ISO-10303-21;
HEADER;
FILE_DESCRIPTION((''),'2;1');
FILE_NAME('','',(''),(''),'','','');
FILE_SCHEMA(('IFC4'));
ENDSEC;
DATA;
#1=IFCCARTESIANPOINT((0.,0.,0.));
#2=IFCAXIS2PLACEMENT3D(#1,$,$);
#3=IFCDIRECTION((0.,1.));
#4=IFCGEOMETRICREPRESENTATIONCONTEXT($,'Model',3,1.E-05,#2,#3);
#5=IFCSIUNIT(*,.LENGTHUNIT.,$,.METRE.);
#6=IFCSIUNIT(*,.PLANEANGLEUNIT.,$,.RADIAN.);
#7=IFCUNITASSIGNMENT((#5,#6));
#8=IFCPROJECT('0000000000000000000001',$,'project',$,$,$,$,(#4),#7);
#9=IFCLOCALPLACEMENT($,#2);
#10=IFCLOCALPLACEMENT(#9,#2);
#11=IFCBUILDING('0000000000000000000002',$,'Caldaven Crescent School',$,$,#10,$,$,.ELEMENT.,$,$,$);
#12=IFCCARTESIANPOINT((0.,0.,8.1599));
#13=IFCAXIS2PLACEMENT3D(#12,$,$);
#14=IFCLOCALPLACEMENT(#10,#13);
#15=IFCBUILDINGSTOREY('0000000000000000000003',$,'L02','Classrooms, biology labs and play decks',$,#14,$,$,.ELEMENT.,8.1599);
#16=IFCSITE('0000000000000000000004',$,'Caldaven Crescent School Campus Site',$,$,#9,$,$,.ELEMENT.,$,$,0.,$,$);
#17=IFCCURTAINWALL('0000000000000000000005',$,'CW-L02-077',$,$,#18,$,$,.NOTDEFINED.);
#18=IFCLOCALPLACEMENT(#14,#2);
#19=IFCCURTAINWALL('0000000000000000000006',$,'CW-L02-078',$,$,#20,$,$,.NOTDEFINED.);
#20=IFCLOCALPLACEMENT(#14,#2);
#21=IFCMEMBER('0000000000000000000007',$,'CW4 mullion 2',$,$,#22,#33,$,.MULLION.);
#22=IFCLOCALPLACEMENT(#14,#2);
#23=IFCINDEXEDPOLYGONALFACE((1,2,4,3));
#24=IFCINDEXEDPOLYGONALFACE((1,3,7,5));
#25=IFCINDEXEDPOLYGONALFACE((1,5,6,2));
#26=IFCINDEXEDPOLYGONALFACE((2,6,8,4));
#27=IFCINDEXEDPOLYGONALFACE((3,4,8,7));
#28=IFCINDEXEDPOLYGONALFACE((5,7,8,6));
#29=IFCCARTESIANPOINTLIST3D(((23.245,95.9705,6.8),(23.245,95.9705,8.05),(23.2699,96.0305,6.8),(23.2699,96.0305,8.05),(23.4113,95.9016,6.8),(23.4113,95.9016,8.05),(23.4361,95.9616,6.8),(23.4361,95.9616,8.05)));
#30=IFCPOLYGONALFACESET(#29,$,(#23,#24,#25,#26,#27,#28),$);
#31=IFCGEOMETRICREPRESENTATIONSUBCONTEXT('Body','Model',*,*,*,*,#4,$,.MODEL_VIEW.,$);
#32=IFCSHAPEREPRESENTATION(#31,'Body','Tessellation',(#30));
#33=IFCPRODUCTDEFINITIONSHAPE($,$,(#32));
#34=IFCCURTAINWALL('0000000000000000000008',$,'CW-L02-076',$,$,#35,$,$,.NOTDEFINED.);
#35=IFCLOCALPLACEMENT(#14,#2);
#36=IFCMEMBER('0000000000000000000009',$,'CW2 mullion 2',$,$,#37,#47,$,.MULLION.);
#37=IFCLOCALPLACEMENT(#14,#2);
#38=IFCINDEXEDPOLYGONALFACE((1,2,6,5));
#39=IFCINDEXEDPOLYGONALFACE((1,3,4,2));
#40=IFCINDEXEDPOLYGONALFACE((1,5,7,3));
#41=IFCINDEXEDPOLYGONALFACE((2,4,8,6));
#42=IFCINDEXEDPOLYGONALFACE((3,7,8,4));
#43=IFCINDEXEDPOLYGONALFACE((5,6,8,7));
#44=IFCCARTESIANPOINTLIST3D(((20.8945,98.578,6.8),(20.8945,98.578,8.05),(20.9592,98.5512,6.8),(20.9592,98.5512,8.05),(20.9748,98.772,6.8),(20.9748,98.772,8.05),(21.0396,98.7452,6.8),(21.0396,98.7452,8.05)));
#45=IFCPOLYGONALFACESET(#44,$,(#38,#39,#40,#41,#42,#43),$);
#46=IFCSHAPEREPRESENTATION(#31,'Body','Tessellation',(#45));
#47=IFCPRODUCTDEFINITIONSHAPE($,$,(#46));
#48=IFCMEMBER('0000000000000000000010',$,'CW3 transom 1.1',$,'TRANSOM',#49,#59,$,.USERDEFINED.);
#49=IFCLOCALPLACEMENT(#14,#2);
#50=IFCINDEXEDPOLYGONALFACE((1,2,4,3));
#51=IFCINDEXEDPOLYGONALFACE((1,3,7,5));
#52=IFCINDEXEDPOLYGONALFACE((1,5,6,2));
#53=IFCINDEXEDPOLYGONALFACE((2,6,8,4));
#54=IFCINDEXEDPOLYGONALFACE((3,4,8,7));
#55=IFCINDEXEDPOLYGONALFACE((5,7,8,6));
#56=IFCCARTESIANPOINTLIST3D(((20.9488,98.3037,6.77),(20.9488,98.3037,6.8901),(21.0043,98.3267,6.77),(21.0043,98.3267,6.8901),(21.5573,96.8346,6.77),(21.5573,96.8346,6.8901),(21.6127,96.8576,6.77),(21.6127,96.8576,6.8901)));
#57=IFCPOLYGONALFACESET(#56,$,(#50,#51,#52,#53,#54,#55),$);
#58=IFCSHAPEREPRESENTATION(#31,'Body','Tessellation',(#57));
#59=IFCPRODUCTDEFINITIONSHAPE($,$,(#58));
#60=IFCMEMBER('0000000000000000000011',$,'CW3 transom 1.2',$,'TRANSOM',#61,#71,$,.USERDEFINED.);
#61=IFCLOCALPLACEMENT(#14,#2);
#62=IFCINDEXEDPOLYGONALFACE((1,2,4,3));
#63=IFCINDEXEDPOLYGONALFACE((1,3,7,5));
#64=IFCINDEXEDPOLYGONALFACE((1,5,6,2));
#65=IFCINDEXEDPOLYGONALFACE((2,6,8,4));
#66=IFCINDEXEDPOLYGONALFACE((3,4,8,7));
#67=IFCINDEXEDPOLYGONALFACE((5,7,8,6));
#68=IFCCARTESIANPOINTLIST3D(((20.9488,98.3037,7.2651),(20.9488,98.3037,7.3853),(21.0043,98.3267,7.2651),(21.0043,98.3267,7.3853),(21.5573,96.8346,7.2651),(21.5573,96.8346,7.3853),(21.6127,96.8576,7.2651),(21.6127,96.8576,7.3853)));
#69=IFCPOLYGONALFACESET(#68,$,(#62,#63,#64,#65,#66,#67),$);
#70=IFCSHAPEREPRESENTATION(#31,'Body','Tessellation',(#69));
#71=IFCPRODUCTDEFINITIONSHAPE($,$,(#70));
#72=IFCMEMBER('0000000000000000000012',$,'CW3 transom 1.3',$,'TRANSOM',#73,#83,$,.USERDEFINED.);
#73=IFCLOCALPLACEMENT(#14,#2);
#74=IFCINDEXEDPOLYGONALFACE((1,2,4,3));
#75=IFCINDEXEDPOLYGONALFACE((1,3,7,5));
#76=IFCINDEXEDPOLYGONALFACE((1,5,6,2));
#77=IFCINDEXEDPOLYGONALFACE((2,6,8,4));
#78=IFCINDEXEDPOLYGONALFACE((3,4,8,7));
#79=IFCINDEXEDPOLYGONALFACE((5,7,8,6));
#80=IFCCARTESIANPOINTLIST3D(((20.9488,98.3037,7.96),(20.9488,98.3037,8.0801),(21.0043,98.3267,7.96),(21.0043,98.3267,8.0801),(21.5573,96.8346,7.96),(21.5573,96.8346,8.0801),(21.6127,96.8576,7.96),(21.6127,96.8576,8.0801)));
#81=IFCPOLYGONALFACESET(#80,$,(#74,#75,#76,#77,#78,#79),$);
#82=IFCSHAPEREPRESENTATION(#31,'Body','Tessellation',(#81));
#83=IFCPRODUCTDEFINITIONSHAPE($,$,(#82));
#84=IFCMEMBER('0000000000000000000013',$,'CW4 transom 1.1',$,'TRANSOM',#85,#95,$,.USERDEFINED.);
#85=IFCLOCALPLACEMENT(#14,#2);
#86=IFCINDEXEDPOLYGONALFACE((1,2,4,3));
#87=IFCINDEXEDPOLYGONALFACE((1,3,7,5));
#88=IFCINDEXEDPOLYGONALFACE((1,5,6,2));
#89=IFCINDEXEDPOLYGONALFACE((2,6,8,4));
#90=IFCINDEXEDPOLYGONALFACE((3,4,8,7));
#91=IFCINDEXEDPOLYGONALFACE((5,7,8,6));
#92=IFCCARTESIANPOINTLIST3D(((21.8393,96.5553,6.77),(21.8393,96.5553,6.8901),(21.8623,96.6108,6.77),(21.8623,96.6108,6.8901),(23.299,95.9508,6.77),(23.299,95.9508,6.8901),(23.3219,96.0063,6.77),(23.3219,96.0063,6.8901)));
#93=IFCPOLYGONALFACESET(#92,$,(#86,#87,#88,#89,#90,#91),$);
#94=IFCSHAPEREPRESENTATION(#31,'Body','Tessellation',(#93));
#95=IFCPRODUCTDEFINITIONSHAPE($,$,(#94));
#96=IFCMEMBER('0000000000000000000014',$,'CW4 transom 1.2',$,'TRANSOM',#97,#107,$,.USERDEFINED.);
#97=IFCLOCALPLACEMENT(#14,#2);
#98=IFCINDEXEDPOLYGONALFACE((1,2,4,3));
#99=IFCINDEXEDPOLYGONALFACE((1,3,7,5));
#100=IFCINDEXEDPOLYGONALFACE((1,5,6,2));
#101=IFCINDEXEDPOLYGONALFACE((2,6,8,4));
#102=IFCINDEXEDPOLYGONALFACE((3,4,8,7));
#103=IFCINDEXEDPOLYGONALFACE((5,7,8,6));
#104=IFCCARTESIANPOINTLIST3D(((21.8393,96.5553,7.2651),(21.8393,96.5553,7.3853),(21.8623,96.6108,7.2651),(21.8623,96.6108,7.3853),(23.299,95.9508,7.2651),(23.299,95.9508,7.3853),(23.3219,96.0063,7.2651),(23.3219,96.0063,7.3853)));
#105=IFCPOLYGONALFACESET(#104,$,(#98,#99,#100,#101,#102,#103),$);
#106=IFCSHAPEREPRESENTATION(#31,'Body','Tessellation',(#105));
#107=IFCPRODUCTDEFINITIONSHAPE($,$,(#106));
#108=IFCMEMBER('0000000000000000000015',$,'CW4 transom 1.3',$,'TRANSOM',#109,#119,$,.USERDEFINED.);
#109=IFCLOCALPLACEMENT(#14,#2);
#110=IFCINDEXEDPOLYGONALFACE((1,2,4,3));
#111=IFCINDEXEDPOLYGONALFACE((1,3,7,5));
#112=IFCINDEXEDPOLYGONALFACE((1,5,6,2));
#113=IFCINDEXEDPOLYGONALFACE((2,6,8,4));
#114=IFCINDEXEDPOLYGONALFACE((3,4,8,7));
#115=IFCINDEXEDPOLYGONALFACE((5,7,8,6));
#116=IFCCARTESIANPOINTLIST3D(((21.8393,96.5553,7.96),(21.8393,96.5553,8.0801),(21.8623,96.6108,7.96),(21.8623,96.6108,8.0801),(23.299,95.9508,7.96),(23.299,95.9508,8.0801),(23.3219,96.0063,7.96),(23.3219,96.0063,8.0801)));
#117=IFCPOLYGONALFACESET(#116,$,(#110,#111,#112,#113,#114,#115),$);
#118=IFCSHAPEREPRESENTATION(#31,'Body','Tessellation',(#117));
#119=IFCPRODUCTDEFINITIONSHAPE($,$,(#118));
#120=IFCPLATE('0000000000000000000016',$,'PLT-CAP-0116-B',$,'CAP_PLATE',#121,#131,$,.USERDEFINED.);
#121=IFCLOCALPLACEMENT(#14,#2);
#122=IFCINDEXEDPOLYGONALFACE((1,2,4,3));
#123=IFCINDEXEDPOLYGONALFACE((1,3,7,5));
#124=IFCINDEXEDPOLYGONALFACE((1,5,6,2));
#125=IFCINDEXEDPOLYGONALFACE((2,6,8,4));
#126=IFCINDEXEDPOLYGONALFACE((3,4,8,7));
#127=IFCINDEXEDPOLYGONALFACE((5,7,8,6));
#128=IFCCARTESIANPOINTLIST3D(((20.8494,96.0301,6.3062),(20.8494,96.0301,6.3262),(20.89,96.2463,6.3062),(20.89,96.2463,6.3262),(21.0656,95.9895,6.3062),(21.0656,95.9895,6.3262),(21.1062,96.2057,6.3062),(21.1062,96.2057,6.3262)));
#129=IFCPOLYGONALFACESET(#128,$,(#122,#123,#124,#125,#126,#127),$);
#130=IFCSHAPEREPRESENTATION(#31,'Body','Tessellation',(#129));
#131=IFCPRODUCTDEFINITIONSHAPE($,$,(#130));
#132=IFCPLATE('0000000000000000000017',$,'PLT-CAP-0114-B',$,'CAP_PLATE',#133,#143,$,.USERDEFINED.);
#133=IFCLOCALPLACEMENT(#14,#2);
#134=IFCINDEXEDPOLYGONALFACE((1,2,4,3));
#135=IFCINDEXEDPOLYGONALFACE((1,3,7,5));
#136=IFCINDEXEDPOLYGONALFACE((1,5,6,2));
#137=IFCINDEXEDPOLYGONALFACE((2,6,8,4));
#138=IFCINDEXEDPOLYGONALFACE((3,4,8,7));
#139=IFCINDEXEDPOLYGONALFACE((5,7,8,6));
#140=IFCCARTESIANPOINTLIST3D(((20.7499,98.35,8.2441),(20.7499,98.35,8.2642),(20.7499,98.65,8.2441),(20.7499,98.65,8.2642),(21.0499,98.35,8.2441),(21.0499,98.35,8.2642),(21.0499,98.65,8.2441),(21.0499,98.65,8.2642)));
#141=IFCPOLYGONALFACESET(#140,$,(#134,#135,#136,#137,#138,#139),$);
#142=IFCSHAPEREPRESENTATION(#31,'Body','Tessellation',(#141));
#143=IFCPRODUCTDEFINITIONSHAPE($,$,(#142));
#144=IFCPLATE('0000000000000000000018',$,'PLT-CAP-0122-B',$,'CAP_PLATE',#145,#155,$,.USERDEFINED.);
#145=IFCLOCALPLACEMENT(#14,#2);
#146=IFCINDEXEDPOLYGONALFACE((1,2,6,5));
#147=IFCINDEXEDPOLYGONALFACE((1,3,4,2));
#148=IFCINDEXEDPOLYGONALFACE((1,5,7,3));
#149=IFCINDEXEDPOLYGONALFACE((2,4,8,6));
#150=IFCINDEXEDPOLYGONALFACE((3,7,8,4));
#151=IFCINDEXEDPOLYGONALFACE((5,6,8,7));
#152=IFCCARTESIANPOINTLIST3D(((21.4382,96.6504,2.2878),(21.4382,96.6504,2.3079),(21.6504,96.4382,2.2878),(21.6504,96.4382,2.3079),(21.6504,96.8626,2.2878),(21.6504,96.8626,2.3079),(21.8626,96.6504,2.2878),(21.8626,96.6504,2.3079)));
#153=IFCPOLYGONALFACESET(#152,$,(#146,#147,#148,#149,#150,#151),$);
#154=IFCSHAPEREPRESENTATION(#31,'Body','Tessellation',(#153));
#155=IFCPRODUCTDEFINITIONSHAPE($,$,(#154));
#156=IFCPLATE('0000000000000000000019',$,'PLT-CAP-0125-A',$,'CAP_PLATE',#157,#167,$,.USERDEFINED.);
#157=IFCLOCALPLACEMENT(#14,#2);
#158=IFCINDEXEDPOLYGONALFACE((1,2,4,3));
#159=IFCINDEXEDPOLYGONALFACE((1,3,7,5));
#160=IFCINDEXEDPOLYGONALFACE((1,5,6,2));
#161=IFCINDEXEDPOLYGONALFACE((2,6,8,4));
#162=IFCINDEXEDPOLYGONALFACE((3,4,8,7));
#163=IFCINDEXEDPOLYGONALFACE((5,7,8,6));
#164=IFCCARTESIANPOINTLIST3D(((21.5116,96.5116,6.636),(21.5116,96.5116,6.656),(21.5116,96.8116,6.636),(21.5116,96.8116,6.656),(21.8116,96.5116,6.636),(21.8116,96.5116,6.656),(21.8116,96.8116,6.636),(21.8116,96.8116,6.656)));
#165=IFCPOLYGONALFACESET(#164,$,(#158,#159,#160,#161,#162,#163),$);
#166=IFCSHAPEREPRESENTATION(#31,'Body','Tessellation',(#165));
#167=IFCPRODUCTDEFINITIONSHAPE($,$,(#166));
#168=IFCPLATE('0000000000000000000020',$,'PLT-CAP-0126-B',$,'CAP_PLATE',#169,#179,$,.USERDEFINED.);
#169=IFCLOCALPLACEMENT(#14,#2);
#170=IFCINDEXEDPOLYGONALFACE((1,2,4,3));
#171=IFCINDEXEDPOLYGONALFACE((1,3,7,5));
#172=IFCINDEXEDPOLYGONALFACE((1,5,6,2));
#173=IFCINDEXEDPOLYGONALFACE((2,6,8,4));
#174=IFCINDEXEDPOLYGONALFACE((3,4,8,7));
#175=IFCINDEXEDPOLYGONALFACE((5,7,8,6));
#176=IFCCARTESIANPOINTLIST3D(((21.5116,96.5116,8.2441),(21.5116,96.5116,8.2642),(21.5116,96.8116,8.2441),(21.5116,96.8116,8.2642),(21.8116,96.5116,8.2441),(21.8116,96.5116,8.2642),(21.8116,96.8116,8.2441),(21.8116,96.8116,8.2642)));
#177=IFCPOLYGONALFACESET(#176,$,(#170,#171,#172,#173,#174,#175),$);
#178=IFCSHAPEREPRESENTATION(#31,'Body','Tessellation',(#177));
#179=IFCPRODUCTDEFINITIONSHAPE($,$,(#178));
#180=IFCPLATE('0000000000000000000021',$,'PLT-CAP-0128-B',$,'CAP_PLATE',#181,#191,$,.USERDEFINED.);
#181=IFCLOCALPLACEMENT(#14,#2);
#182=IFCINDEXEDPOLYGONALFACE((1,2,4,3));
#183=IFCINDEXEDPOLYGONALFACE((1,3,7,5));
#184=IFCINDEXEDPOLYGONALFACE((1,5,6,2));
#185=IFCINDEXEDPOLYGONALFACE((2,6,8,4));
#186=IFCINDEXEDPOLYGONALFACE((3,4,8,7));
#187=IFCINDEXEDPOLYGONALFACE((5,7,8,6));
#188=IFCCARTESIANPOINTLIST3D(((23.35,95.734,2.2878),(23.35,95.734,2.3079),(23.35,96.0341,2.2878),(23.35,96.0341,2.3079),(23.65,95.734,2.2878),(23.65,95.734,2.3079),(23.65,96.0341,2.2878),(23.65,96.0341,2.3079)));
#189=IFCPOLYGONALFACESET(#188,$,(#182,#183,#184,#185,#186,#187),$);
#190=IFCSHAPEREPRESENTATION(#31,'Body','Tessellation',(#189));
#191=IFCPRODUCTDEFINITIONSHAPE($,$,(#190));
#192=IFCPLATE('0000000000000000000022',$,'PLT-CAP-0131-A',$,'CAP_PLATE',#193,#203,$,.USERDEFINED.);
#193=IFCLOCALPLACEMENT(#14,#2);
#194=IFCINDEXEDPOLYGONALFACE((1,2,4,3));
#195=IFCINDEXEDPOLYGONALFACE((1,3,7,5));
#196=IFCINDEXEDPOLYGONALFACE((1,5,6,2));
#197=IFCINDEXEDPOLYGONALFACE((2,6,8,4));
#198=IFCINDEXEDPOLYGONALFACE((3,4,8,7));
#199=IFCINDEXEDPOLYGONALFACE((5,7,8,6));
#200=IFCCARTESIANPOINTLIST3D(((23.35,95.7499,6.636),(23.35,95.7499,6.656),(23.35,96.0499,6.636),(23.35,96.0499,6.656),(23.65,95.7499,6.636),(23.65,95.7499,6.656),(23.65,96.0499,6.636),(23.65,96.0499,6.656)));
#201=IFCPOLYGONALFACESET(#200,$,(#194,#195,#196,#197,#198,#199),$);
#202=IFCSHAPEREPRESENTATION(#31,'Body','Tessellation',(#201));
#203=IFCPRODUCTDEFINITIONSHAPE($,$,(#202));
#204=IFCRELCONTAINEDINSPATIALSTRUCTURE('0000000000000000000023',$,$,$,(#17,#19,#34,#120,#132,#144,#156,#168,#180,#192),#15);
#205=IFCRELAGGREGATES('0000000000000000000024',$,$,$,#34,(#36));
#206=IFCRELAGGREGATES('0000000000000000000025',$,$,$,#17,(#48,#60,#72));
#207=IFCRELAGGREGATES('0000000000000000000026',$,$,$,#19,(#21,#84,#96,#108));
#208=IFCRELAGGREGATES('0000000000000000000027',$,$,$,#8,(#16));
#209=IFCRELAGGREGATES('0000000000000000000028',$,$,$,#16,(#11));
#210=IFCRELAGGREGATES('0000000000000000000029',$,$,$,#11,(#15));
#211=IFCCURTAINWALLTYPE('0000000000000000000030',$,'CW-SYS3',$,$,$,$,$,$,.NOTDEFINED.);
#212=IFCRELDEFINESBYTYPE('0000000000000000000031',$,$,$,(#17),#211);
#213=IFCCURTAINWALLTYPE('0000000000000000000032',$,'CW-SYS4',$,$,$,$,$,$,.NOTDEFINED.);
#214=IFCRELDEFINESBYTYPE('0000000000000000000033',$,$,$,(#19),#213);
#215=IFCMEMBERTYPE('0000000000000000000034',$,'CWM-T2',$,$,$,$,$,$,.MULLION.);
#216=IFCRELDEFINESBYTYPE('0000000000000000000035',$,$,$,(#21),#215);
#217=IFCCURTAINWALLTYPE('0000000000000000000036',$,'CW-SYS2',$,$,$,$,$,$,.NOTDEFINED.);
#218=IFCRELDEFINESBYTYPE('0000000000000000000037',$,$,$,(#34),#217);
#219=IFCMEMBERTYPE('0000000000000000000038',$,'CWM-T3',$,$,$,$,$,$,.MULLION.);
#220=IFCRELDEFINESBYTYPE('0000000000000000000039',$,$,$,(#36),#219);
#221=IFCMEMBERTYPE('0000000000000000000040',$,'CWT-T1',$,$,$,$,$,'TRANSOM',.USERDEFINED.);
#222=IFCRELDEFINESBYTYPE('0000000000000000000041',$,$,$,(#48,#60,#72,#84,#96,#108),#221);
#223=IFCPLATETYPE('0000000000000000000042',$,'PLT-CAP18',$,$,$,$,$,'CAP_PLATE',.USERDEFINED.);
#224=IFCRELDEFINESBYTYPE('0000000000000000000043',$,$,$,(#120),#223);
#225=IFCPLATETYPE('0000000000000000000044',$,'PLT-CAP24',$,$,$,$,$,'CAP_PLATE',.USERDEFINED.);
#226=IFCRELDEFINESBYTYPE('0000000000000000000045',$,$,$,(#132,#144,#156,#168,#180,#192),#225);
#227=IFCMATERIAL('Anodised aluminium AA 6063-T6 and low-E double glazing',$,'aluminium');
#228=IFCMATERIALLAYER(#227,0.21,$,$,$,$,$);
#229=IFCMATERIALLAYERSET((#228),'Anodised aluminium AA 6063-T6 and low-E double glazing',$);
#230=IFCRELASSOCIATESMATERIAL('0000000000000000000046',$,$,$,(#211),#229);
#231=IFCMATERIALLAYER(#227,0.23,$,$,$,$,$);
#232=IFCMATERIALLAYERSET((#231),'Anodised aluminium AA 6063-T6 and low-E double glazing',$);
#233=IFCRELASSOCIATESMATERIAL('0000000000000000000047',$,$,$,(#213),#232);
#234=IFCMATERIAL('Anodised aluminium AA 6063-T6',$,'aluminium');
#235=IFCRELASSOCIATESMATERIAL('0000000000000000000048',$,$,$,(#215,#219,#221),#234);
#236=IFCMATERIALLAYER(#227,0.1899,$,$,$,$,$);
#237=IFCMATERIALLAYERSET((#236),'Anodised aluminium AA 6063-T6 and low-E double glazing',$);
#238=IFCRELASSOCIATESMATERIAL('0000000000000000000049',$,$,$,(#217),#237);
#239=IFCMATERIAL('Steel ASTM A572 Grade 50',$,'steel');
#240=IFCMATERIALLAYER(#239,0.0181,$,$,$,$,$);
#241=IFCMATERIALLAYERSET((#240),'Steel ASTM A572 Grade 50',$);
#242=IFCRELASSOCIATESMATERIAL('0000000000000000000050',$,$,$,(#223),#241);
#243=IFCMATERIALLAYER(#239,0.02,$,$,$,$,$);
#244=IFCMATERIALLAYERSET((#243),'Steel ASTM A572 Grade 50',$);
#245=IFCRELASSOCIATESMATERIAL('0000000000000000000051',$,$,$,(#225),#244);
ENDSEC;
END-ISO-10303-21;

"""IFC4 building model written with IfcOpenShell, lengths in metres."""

from ifc_helpers import new_model, si_unit, direction, frame, origin, origin_2d, place, context, subcontext, project, spatial, rectangle, extrude, material, layer, layer_set, material_profile, profile_set, type_object, element, aggregate, save


model = new_model("IFC4")

# Units and contexts
model_context = context("Model", 3, precision=1e-05, world=origin(), true_north=direction((0.0, 1.0)))
body_context = subcontext(model_context, "Body", "Model", "MODEL_VIEW")
ifc_project = project(units=[si_unit("LENGTHUNIT", "METRE"), si_unit("PLANEANGLEUNIT", "RADIAN")], contexts=[model_context])

# Site, building, storey
site_placement = place(None, origin())
site = spatial("IfcSite", under=ifc_project, at=site_placement, Name="Caldaven Crescent School Campus Site", CompositionType="ELEMENT", RefElevation=0.0)
building_placement = place(site_placement, origin())
building = spatial("IfcBuilding", under=site, at=building_placement, Name="Caldaven Crescent School", CompositionType="ELEMENT")
storey_placement = place(building_placement, frame((0.0, 0.0, 8.1599)))
storey = spatial("IfcBuildingStorey", under=building, at=storey_placement, Name="L02", Description="Classrooms, biology labs and play decks", CompositionType="ELEMENT", Elevation=8.1599)

# Shared definitions
ifc_material_1 = material(Name="Steel ASTM A572 Grade 50", Category="steel")

# Curtain walls, member
ifc_material_2 = material(Name="Anodised aluminium AA 6063-T6 and low-E double glazing", Category="aluminium")
ifc_layer_1 = layer(ifc_material_2, 0.21)
ifc_layer_set_1 = layer_set([ifc_layer_1], Name="Anodised aluminium AA 6063-T6 and low-E double glazing")
curtain_wall_type_1 = type_object("IfcCurtainWallType", Name="CW-SYS3", PredefinedType="NOTDEFINED", material=ifc_layer_set_1)
curtain_wall_1_placement = place(storey_placement, origin())
curtain_wall_1 = element("IfcCurtainWall", 1, at=curtain_wall_1_placement, inside=storey, type_object=curtain_wall_type_1, Name="CW-L02-077", PredefinedType="NOTDEFINED")
ifc_material_3 = material(Name="Anodised aluminium AA 6063-T6", Category="aluminium")
ifc_layer_2 = layer(ifc_material_2, 0.23)
ifc_layer_set_2 = layer_set([ifc_layer_2], Name="Anodised aluminium AA 6063-T6 and low-E double glazing")
curtain_wall_type_2 = type_object("IfcCurtainWallType", Name="CW-SYS4", PredefinedType="NOTDEFINED", material=ifc_layer_set_2)
curtain_wall_2_placement = place(storey_placement, origin())
curtain_wall_2 = element("IfcCurtainWall", 2, at=curtain_wall_2_placement, inside=storey, type_object=curtain_wall_type_2, Name="CW-L02-078", PredefinedType="NOTDEFINED")
ifc_material_profile_1 = material_profile(ifc_material_3, rectangle(XDim=0.0649, YDim=0.1799, at=origin_2d()), Name="CWM 65x180")
ifc_profile_set_1 = profile_set([ifc_material_profile_1], Name="Anodised aluminium AA 6063-T6")
member_type_1 = type_object("IfcMemberType", Name="CWM-T2", PredefinedType="MULLION", material=ifc_profile_set_1)
member_1_placement = place(storey_placement, frame((23.3406, 95.9661, 6.8), z_axis=(0.0, 0.0, 1.0), x_axis=(0.382683, 0.92388, 0.0)))
member_1 = element("IfcMember", 3, at=member_1_placement, type_object=member_type_1, Name="CW4 mullion 2", PredefinedType="MULLION", context=body_context, shape_type="SweptSolid", body=[
    extrude(rectangle(XDim=0.0649, YDim=0.1799, at=origin_2d()), origin(), (0.0, 0.0, 1.0), 1.25),
])

# Curtain wall, member
ifc_layer_3 = layer(ifc_material_2, 0.1899)
ifc_layer_set_3 = layer_set([ifc_layer_3], Name="Anodised aluminium AA 6063-T6 and low-E double glazing")
curtain_wall_type_3 = type_object("IfcCurtainWallType", Name="CW-SYS2", PredefinedType="NOTDEFINED", material=ifc_layer_set_3)
curtain_wall_3_placement = place(storey_placement, origin())
curtain_wall_3 = element("IfcCurtainWall", 4, at=curtain_wall_3_placement, inside=storey, type_object=curtain_wall_type_3, Name="CW-L02-076", PredefinedType="NOTDEFINED")
ifc_material_profile_2 = material_profile(ifc_material_3, rectangle(XDim=0.0701, YDim=0.21, at=origin_2d()), Name="CWM 70x210")
ifc_profile_set_2 = profile_set([ifc_material_profile_2], Name="Anodised aluminium AA 6063-T6")
member_type_2 = type_object("IfcMemberType", Name="CWM-T3", PredefinedType="MULLION", material=ifc_profile_set_2)
member_2_placement = place(storey_placement, frame((20.967, 98.6616, 6.8), z_axis=(0.0, 0.0, 1.0), x_axis=(0.92388, -0.382683, 0.0)))
member_2 = element("IfcMember", 5, at=member_2_placement, type_object=member_type_2, Name="CW2 mullion 2", PredefinedType="MULLION", context=body_context, shape_type="SweptSolid", body=[
    extrude(rectangle(XDim=0.0701, YDim=0.21, at=origin_2d()), origin(), (0.0, 0.0, 1.0), 1.25),
])
aggregate(curtain_wall_3, [member_2])

# Members
ifc_material_profile_3 = material_profile(ifc_material_3, rectangle(XDim=0.0601, YDim=0.1201, at=origin_2d()), Name="CWT 60x120")
ifc_profile_set_3 = profile_set([ifc_material_profile_3], Name="Anodised aluminium AA 6063-T6")
member_type_3 = type_object("IfcMemberType", Name="CWT-T1", ElementType="TRANSOM", PredefinedType="USERDEFINED", material=ifc_profile_set_3)
member_3_placement = place(storey_placement, frame((20.9766, 98.3152, 6.8301), z_axis=(0.382641, -0.923897, 0.0), x_axis=(0.923897, 0.382641, 0.0)))
member_3 = element("IfcMember", 6, at=member_3_placement, type_object=member_type_3, Name="CW3 transom 1.1", ObjectType="TRANSOM", PredefinedType="USERDEFINED", context=body_context, shape_type="SweptSolid", body=[
    extrude(rectangle(XDim=0.0601, YDim=0.1201, at=origin_2d()), origin(), (0.0, 0.0, 1.0), 1.5901),
])
member_4_placement = place(storey_placement, frame((20.9766, 98.3152, 7.3252), z_axis=(0.382641, -0.923897, 0.0), x_axis=(0.923897, 0.382641, 0.0)))
member_4 = element("IfcMember", 7, at=member_4_placement, type_object=member_type_3, Name="CW3 transom 1.2", ObjectType="TRANSOM", PredefinedType="USERDEFINED", context=body_context, shape_type="SweptSolid", body=[
    extrude(rectangle(XDim=0.0601, YDim=0.1201, at=origin_2d()), origin(), (0.0, 0.0, 1.0), 1.5901),
])
member_5_placement = place(storey_placement, frame((20.9766, 98.3152, 8.02), z_axis=(0.382641, -0.923897, 0.0), x_axis=(0.923897, 0.382641, 0.0)))
member_5 = element("IfcMember", 8, at=member_5_placement, type_object=member_type_3, Name="CW3 transom 1.3", ObjectType="TRANSOM", PredefinedType="USERDEFINED", context=body_context, shape_type="SweptSolid", body=[
    extrude(rectangle(XDim=0.0601, YDim=0.1201, at=origin_2d()), origin(), (0.0, 0.0, 1.0), 1.5901),
])
member_6_placement = place(storey_placement, frame((21.8508, 96.583, 6.8301), z_axis=(0.923911, -0.382607, 0.0), x_axis=(0.382607, 0.923911, 0.0)))
member_6 = element("IfcMember", 9, at=member_6_placement, type_object=member_type_3, Name="CW4 transom 1.1", ObjectType="TRANSOM", PredefinedType="USERDEFINED", context=body_context, shape_type="SweptSolid", body=[
    extrude(rectangle(XDim=0.0601, YDim=0.1201, at=origin_2d()), origin(), (0.0, 0.0, 1.0), 1.5798),
])
member_7_placement = place(storey_placement, frame((21.8508, 96.583, 7.3252), z_axis=(0.923911, -0.382607, 0.0), x_axis=(0.382607, 0.923911, 0.0)))
member_7 = element("IfcMember", 10, at=member_7_placement, type_object=member_type_3, Name="CW4 transom 1.2", ObjectType="TRANSOM", PredefinedType="USERDEFINED", context=body_context, shape_type="SweptSolid", body=[
    extrude(rectangle(XDim=0.0601, YDim=0.1201, at=origin_2d()), origin(), (0.0, 0.0, 1.0), 1.5798),
])
member_8_placement = place(storey_placement, frame((21.8508, 96.583, 8.02), z_axis=(0.923911, -0.382607, 0.0), x_axis=(0.382607, 0.923911, 0.0)))
member_8 = element("IfcMember", 11, at=member_8_placement, type_object=member_type_3, Name="CW4 transom 1.3", ObjectType="TRANSOM", PredefinedType="USERDEFINED", context=body_context, shape_type="SweptSolid", body=[
    extrude(rectangle(XDim=0.0601, YDim=0.1201, at=origin_2d()), origin(), (0.0, 0.0, 1.0), 1.5798),
])

# Plates
ifc_layer_4 = layer(ifc_material_1, 0.0181)
ifc_layer_set_4 = layer_set([ifc_layer_4], Name="Steel ASTM A572 Grade 50")
plate_type_1 = type_object("IfcPlateType", Name="PLT-CAP18", ElementType="CAP_PLATE", PredefinedType="USERDEFINED", material=ifc_layer_set_4)
plate_1_placement = place(storey_placement, frame((20.9778, 96.1179, 6.3062), z_axis=(0.0, 0.0, 1.0), x_axis=(0.982807, -0.184638, 0.0)))
element("IfcPlate", 12, at=plate_1_placement, inside=storey, type_object=plate_type_1, Name="PLT-CAP-0116-B", ObjectType="CAP_PLATE", PredefinedType="USERDEFINED", context=body_context, shape_type="SweptSolid", body=[
    extrude(rectangle(XDim=0.22, YDim=0.22, at=origin_2d()), origin(), (0.0, 0.0, 1.0), 0.02),
])
ifc_layer_5 = layer(ifc_material_1, 0.02)
ifc_layer_set_5 = layer_set([ifc_layer_5], Name="Steel ASTM A572 Grade 50")
plate_type_2 = type_object("IfcPlateType", Name="PLT-CAP24", ElementType="CAP_PLATE", PredefinedType="USERDEFINED", material=ifc_layer_set_5)
for number, where, z_axis, x_axis, name in (
    (13, (20.8999, 98.5, 8.2441), (0.0, 0.0, 1.0), (1.0, 0.0, 0.0), "PLT-CAP-0114-B"),
    (14, (21.6504, 96.6504, 2.2878), (0.0, 0.0, 1.0), (0.707107, 0.707107, 0.0), "PLT-CAP-0122-B"),
    (15, (21.6616, 96.6616, 6.636), (0.0, 0.0, 1.0), (1.0, 0.0, 0.0), "PLT-CAP-0125-A"),
    (16, (21.6616, 96.6616, 8.2441), (0.0, 0.0, 1.0), (1.0, 0.0, 0.0), "PLT-CAP-0126-B"),
    (17, (23.5, 95.884, 2.2878), (0.0, 0.0, 1.0), (0.0, 1.0, 0.0), "PLT-CAP-0128-B"),
    (18, (23.5, 95.8999, 6.636), (0.0, 0.0, 1.0), (1.0, 0.0, 0.0), "PLT-CAP-0131-A"),
):
    element("IfcPlate", number, at=place(storey_placement, frame(where, z_axis=z_axis, x_axis=x_axis)), inside=storey, type_object=plate_type_2, Name=name, ObjectType="CAP_PLATE", PredefinedType="USERDEFINED", context=body_context, shape_type="SweptSolid", body=[
        extrude(rectangle(XDim=0.3, YDim=0.3, at=origin_2d()), origin(), (0.0, 0.0, 1.0), 0.02),
    ])

aggregate(curtain_wall_1, [member_3, member_4, member_5])
aggregate(curtain_wall_2, [member_1, member_6, member_7, member_8])

save(model, "model.ifc")
